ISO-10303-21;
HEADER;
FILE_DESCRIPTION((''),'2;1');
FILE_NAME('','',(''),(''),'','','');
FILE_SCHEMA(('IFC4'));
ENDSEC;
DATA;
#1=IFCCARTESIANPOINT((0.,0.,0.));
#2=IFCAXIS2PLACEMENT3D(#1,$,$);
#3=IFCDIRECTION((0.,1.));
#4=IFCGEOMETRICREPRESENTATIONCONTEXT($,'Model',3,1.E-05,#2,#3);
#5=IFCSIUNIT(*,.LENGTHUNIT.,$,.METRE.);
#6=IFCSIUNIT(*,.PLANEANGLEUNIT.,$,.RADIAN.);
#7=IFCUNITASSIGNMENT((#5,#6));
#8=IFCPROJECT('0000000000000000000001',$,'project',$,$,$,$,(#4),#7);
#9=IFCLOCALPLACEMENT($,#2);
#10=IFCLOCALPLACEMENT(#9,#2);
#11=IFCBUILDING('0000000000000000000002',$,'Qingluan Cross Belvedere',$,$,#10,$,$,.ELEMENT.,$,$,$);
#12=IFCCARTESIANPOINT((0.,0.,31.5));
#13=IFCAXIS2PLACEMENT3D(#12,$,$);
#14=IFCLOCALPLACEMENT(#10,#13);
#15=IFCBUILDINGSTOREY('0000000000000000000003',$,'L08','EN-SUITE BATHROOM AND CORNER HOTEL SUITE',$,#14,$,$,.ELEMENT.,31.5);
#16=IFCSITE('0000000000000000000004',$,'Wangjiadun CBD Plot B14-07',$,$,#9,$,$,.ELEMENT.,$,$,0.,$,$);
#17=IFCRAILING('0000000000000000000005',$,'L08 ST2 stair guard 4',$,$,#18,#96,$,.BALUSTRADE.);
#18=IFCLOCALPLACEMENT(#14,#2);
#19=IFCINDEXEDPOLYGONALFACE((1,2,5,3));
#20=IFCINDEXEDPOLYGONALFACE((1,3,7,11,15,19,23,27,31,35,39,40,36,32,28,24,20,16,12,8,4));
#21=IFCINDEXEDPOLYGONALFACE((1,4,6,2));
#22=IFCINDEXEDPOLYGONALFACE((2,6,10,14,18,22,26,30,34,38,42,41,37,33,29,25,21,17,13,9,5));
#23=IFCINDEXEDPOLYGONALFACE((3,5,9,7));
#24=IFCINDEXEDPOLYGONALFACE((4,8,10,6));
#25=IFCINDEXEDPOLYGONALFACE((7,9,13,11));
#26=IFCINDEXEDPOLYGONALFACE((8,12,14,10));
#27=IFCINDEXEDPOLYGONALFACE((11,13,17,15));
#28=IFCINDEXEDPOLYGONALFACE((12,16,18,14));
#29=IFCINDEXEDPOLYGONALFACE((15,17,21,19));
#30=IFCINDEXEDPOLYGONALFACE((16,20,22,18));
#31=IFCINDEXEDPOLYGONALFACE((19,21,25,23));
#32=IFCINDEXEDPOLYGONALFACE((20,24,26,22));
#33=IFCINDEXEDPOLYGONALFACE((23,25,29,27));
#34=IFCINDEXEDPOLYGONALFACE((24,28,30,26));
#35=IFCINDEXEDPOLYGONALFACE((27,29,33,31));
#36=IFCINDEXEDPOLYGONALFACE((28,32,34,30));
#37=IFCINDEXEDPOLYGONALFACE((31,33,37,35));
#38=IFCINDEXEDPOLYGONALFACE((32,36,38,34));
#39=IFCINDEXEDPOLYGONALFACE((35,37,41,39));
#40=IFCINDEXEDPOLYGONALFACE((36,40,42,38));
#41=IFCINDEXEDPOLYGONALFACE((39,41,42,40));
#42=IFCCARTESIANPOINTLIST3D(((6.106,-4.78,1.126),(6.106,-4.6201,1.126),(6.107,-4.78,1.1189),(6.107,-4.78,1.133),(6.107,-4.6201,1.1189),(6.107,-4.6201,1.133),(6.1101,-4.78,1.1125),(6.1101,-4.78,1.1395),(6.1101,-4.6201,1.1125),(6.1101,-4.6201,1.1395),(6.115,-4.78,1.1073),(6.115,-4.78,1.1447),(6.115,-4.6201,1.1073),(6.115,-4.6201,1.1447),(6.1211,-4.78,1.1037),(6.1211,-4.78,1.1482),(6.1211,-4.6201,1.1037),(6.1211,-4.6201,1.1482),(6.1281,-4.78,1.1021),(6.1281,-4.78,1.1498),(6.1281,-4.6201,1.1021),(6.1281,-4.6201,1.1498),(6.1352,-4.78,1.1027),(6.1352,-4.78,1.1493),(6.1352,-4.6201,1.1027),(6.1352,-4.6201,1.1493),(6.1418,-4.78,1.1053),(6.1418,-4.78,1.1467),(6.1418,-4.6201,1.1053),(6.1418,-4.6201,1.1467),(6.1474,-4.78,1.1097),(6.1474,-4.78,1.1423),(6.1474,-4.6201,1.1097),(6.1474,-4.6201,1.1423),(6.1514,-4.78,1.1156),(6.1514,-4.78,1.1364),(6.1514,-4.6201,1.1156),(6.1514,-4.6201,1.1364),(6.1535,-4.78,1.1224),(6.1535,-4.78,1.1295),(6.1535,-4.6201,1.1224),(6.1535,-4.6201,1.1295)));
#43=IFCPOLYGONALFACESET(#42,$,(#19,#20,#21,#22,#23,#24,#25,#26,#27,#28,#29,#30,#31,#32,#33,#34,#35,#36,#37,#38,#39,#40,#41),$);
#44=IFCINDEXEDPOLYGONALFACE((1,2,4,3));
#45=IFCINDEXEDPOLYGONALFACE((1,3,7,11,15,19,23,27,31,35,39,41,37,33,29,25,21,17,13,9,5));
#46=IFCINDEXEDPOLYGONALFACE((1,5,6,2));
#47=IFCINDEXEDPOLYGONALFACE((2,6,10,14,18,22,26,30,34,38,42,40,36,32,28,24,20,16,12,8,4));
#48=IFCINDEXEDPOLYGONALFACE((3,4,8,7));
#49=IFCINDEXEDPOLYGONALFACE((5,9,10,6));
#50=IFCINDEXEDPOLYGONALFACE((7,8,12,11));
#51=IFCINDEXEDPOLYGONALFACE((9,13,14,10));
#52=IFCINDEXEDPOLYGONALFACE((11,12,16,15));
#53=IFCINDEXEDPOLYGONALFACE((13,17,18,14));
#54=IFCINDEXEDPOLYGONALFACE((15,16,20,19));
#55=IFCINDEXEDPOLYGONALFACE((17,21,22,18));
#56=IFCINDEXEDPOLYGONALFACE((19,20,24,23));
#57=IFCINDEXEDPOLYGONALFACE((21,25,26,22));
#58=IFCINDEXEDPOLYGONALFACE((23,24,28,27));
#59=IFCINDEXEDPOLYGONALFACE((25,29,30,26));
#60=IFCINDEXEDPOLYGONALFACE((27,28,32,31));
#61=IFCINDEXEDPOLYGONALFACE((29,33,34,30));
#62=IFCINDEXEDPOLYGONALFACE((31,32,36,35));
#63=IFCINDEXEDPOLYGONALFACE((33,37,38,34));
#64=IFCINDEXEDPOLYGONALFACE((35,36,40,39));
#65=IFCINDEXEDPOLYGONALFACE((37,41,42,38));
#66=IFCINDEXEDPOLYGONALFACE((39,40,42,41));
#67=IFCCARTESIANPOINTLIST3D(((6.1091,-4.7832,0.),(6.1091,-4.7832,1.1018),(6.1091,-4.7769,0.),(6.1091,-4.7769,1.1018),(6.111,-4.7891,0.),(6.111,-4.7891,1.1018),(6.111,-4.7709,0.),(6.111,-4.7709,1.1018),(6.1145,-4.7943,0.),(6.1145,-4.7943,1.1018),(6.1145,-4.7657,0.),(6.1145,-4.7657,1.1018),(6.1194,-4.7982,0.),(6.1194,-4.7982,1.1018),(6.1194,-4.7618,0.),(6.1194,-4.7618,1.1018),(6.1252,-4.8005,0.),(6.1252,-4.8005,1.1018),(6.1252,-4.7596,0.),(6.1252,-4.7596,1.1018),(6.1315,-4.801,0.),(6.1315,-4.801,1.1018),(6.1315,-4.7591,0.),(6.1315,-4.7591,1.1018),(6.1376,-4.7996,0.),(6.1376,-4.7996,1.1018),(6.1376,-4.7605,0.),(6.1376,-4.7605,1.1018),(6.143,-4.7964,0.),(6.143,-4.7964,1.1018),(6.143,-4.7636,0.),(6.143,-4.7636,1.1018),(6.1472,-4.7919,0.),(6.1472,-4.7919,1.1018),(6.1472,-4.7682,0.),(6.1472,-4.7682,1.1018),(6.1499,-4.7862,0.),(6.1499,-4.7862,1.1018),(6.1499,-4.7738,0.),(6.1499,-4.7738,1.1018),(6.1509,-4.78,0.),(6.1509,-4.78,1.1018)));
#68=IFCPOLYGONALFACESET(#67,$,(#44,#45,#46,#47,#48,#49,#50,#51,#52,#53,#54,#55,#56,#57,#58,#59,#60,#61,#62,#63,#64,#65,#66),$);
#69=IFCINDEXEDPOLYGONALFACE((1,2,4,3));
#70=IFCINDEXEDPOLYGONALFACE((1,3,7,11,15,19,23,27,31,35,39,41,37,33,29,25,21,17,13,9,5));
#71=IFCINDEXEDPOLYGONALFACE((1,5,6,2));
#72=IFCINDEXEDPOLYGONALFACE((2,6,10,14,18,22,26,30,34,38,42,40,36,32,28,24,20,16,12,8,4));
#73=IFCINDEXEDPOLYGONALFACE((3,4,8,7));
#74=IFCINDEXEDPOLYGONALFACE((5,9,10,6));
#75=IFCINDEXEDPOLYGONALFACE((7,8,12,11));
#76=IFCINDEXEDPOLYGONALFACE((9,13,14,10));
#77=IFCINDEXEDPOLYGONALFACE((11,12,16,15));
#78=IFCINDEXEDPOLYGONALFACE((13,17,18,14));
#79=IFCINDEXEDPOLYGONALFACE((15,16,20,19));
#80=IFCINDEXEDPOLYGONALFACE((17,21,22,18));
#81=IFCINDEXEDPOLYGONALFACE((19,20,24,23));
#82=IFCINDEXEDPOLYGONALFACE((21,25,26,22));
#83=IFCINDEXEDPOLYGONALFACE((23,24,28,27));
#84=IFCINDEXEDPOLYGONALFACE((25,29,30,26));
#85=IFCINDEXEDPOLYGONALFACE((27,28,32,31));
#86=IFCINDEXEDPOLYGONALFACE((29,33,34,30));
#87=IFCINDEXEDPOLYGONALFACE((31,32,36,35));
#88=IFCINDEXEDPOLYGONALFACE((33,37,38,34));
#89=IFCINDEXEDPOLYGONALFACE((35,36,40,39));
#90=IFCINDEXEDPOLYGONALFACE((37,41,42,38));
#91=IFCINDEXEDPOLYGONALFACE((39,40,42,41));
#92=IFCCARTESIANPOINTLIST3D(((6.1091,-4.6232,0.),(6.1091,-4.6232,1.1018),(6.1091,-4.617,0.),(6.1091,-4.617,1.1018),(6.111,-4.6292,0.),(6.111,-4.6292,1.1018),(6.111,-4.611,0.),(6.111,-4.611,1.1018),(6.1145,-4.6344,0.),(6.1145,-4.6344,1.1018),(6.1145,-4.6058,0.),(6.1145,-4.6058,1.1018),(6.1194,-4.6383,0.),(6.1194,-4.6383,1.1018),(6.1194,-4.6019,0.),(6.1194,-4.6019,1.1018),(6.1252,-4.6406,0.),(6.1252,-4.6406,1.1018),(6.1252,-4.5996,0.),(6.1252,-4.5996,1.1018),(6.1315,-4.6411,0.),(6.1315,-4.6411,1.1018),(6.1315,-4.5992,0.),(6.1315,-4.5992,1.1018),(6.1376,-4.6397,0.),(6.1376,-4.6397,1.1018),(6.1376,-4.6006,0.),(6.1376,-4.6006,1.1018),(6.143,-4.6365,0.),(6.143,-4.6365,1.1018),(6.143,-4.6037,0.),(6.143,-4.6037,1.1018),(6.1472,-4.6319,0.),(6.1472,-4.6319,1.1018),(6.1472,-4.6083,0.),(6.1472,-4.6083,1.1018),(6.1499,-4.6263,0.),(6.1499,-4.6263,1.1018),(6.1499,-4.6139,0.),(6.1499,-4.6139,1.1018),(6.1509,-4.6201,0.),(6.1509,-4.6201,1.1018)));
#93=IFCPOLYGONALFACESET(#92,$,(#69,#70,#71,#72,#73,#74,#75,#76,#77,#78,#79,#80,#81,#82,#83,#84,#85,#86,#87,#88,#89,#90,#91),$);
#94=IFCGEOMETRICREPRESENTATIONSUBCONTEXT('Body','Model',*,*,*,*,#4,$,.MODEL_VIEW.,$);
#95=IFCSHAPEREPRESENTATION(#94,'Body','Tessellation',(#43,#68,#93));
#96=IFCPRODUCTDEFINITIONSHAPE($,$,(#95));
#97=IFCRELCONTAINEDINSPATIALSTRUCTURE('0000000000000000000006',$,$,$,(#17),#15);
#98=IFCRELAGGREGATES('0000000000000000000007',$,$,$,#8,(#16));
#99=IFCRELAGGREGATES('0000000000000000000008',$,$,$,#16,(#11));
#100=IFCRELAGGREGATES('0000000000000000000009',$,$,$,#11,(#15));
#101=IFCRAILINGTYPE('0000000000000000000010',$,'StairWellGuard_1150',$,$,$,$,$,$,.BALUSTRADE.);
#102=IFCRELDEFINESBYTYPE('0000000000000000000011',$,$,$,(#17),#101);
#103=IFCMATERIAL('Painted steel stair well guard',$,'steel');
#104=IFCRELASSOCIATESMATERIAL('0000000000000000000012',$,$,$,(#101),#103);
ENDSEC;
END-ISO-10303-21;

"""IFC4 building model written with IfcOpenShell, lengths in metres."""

from ifc_helpers import new_model, si_unit, direction, frame, origin, origin_2d, place, context, subcontext, project, spatial, circle, extrude, material, type_object, element, save


model = new_model("IFC4")

# Units and contexts
model_context = context("Model", 3, precision=1e-05, world=origin(), true_north=direction((0.0, 1.0)))
body_context = subcontext(model_context, "Body", "Model", "MODEL_VIEW")
ifc_project = project(units=[si_unit("LENGTHUNIT", "METRE"), si_unit("PLANEANGLEUNIT", "RADIAN")], contexts=[model_context])

# Site, building, storey
site_placement = place(None, origin())
site = spatial("IfcSite", under=ifc_project, at=site_placement, Name="Wangjiadun CBD Plot B14-07", CompositionType="ELEMENT", RefElevation=0.0)
building_placement = place(site_placement, origin())
building = spatial("IfcBuilding", under=site, at=building_placement, Name="Qingluan Cross Belvedere", CompositionType="ELEMENT")
storey_placement = place(building_placement, frame((0.0, 0.0, 31.5)))
storey = spatial("IfcBuildingStorey", under=building, at=storey_placement, Name="L08", Description="EN-SUITE BATHROOM AND CORNER HOTEL SUITE", CompositionType="ELEMENT", Elevation=31.5)

# Railing
ifc_material_1 = material(Name="Painted steel stair well guard", Category="steel")
railing_type_1 = type_object("IfcRailingType", Name="StairWellGuard_1150", PredefinedType="BALUSTRADE", material=ifc_material_1)
railing_1_placement = place(storey_placement, frame((6.1299, -4.78, 0.0)))
element("IfcRailing", 1, at=railing_1_placement, inside=storey, type_object=railing_type_1, Name="L08 ST2 stair guard 4", PredefinedType="BALUSTRADE", context=body_context, shape_type="SweptSolid", body=[
    extrude(circle(Radius=0.0239, at=origin_2d()), frame((0.0, 0.0, 1.126), z_axis=(0.0, 1.0, 0.0), x_axis=(-1.0, 0.0, 0.0)), (0.0, 0.0, 1.0), 0.1599),
    extrude(circle(Radius=0.021, at=origin_2d()), origin(), (0.0, 0.0, 1.0), 1.1018),
    extrude(circle(Radius=0.021, at=origin_2d()), frame((0.0, 0.1599, 0.0)), (0.0, 0.0, 1.0), 1.1018),
])

save(model, "model.ifc")
